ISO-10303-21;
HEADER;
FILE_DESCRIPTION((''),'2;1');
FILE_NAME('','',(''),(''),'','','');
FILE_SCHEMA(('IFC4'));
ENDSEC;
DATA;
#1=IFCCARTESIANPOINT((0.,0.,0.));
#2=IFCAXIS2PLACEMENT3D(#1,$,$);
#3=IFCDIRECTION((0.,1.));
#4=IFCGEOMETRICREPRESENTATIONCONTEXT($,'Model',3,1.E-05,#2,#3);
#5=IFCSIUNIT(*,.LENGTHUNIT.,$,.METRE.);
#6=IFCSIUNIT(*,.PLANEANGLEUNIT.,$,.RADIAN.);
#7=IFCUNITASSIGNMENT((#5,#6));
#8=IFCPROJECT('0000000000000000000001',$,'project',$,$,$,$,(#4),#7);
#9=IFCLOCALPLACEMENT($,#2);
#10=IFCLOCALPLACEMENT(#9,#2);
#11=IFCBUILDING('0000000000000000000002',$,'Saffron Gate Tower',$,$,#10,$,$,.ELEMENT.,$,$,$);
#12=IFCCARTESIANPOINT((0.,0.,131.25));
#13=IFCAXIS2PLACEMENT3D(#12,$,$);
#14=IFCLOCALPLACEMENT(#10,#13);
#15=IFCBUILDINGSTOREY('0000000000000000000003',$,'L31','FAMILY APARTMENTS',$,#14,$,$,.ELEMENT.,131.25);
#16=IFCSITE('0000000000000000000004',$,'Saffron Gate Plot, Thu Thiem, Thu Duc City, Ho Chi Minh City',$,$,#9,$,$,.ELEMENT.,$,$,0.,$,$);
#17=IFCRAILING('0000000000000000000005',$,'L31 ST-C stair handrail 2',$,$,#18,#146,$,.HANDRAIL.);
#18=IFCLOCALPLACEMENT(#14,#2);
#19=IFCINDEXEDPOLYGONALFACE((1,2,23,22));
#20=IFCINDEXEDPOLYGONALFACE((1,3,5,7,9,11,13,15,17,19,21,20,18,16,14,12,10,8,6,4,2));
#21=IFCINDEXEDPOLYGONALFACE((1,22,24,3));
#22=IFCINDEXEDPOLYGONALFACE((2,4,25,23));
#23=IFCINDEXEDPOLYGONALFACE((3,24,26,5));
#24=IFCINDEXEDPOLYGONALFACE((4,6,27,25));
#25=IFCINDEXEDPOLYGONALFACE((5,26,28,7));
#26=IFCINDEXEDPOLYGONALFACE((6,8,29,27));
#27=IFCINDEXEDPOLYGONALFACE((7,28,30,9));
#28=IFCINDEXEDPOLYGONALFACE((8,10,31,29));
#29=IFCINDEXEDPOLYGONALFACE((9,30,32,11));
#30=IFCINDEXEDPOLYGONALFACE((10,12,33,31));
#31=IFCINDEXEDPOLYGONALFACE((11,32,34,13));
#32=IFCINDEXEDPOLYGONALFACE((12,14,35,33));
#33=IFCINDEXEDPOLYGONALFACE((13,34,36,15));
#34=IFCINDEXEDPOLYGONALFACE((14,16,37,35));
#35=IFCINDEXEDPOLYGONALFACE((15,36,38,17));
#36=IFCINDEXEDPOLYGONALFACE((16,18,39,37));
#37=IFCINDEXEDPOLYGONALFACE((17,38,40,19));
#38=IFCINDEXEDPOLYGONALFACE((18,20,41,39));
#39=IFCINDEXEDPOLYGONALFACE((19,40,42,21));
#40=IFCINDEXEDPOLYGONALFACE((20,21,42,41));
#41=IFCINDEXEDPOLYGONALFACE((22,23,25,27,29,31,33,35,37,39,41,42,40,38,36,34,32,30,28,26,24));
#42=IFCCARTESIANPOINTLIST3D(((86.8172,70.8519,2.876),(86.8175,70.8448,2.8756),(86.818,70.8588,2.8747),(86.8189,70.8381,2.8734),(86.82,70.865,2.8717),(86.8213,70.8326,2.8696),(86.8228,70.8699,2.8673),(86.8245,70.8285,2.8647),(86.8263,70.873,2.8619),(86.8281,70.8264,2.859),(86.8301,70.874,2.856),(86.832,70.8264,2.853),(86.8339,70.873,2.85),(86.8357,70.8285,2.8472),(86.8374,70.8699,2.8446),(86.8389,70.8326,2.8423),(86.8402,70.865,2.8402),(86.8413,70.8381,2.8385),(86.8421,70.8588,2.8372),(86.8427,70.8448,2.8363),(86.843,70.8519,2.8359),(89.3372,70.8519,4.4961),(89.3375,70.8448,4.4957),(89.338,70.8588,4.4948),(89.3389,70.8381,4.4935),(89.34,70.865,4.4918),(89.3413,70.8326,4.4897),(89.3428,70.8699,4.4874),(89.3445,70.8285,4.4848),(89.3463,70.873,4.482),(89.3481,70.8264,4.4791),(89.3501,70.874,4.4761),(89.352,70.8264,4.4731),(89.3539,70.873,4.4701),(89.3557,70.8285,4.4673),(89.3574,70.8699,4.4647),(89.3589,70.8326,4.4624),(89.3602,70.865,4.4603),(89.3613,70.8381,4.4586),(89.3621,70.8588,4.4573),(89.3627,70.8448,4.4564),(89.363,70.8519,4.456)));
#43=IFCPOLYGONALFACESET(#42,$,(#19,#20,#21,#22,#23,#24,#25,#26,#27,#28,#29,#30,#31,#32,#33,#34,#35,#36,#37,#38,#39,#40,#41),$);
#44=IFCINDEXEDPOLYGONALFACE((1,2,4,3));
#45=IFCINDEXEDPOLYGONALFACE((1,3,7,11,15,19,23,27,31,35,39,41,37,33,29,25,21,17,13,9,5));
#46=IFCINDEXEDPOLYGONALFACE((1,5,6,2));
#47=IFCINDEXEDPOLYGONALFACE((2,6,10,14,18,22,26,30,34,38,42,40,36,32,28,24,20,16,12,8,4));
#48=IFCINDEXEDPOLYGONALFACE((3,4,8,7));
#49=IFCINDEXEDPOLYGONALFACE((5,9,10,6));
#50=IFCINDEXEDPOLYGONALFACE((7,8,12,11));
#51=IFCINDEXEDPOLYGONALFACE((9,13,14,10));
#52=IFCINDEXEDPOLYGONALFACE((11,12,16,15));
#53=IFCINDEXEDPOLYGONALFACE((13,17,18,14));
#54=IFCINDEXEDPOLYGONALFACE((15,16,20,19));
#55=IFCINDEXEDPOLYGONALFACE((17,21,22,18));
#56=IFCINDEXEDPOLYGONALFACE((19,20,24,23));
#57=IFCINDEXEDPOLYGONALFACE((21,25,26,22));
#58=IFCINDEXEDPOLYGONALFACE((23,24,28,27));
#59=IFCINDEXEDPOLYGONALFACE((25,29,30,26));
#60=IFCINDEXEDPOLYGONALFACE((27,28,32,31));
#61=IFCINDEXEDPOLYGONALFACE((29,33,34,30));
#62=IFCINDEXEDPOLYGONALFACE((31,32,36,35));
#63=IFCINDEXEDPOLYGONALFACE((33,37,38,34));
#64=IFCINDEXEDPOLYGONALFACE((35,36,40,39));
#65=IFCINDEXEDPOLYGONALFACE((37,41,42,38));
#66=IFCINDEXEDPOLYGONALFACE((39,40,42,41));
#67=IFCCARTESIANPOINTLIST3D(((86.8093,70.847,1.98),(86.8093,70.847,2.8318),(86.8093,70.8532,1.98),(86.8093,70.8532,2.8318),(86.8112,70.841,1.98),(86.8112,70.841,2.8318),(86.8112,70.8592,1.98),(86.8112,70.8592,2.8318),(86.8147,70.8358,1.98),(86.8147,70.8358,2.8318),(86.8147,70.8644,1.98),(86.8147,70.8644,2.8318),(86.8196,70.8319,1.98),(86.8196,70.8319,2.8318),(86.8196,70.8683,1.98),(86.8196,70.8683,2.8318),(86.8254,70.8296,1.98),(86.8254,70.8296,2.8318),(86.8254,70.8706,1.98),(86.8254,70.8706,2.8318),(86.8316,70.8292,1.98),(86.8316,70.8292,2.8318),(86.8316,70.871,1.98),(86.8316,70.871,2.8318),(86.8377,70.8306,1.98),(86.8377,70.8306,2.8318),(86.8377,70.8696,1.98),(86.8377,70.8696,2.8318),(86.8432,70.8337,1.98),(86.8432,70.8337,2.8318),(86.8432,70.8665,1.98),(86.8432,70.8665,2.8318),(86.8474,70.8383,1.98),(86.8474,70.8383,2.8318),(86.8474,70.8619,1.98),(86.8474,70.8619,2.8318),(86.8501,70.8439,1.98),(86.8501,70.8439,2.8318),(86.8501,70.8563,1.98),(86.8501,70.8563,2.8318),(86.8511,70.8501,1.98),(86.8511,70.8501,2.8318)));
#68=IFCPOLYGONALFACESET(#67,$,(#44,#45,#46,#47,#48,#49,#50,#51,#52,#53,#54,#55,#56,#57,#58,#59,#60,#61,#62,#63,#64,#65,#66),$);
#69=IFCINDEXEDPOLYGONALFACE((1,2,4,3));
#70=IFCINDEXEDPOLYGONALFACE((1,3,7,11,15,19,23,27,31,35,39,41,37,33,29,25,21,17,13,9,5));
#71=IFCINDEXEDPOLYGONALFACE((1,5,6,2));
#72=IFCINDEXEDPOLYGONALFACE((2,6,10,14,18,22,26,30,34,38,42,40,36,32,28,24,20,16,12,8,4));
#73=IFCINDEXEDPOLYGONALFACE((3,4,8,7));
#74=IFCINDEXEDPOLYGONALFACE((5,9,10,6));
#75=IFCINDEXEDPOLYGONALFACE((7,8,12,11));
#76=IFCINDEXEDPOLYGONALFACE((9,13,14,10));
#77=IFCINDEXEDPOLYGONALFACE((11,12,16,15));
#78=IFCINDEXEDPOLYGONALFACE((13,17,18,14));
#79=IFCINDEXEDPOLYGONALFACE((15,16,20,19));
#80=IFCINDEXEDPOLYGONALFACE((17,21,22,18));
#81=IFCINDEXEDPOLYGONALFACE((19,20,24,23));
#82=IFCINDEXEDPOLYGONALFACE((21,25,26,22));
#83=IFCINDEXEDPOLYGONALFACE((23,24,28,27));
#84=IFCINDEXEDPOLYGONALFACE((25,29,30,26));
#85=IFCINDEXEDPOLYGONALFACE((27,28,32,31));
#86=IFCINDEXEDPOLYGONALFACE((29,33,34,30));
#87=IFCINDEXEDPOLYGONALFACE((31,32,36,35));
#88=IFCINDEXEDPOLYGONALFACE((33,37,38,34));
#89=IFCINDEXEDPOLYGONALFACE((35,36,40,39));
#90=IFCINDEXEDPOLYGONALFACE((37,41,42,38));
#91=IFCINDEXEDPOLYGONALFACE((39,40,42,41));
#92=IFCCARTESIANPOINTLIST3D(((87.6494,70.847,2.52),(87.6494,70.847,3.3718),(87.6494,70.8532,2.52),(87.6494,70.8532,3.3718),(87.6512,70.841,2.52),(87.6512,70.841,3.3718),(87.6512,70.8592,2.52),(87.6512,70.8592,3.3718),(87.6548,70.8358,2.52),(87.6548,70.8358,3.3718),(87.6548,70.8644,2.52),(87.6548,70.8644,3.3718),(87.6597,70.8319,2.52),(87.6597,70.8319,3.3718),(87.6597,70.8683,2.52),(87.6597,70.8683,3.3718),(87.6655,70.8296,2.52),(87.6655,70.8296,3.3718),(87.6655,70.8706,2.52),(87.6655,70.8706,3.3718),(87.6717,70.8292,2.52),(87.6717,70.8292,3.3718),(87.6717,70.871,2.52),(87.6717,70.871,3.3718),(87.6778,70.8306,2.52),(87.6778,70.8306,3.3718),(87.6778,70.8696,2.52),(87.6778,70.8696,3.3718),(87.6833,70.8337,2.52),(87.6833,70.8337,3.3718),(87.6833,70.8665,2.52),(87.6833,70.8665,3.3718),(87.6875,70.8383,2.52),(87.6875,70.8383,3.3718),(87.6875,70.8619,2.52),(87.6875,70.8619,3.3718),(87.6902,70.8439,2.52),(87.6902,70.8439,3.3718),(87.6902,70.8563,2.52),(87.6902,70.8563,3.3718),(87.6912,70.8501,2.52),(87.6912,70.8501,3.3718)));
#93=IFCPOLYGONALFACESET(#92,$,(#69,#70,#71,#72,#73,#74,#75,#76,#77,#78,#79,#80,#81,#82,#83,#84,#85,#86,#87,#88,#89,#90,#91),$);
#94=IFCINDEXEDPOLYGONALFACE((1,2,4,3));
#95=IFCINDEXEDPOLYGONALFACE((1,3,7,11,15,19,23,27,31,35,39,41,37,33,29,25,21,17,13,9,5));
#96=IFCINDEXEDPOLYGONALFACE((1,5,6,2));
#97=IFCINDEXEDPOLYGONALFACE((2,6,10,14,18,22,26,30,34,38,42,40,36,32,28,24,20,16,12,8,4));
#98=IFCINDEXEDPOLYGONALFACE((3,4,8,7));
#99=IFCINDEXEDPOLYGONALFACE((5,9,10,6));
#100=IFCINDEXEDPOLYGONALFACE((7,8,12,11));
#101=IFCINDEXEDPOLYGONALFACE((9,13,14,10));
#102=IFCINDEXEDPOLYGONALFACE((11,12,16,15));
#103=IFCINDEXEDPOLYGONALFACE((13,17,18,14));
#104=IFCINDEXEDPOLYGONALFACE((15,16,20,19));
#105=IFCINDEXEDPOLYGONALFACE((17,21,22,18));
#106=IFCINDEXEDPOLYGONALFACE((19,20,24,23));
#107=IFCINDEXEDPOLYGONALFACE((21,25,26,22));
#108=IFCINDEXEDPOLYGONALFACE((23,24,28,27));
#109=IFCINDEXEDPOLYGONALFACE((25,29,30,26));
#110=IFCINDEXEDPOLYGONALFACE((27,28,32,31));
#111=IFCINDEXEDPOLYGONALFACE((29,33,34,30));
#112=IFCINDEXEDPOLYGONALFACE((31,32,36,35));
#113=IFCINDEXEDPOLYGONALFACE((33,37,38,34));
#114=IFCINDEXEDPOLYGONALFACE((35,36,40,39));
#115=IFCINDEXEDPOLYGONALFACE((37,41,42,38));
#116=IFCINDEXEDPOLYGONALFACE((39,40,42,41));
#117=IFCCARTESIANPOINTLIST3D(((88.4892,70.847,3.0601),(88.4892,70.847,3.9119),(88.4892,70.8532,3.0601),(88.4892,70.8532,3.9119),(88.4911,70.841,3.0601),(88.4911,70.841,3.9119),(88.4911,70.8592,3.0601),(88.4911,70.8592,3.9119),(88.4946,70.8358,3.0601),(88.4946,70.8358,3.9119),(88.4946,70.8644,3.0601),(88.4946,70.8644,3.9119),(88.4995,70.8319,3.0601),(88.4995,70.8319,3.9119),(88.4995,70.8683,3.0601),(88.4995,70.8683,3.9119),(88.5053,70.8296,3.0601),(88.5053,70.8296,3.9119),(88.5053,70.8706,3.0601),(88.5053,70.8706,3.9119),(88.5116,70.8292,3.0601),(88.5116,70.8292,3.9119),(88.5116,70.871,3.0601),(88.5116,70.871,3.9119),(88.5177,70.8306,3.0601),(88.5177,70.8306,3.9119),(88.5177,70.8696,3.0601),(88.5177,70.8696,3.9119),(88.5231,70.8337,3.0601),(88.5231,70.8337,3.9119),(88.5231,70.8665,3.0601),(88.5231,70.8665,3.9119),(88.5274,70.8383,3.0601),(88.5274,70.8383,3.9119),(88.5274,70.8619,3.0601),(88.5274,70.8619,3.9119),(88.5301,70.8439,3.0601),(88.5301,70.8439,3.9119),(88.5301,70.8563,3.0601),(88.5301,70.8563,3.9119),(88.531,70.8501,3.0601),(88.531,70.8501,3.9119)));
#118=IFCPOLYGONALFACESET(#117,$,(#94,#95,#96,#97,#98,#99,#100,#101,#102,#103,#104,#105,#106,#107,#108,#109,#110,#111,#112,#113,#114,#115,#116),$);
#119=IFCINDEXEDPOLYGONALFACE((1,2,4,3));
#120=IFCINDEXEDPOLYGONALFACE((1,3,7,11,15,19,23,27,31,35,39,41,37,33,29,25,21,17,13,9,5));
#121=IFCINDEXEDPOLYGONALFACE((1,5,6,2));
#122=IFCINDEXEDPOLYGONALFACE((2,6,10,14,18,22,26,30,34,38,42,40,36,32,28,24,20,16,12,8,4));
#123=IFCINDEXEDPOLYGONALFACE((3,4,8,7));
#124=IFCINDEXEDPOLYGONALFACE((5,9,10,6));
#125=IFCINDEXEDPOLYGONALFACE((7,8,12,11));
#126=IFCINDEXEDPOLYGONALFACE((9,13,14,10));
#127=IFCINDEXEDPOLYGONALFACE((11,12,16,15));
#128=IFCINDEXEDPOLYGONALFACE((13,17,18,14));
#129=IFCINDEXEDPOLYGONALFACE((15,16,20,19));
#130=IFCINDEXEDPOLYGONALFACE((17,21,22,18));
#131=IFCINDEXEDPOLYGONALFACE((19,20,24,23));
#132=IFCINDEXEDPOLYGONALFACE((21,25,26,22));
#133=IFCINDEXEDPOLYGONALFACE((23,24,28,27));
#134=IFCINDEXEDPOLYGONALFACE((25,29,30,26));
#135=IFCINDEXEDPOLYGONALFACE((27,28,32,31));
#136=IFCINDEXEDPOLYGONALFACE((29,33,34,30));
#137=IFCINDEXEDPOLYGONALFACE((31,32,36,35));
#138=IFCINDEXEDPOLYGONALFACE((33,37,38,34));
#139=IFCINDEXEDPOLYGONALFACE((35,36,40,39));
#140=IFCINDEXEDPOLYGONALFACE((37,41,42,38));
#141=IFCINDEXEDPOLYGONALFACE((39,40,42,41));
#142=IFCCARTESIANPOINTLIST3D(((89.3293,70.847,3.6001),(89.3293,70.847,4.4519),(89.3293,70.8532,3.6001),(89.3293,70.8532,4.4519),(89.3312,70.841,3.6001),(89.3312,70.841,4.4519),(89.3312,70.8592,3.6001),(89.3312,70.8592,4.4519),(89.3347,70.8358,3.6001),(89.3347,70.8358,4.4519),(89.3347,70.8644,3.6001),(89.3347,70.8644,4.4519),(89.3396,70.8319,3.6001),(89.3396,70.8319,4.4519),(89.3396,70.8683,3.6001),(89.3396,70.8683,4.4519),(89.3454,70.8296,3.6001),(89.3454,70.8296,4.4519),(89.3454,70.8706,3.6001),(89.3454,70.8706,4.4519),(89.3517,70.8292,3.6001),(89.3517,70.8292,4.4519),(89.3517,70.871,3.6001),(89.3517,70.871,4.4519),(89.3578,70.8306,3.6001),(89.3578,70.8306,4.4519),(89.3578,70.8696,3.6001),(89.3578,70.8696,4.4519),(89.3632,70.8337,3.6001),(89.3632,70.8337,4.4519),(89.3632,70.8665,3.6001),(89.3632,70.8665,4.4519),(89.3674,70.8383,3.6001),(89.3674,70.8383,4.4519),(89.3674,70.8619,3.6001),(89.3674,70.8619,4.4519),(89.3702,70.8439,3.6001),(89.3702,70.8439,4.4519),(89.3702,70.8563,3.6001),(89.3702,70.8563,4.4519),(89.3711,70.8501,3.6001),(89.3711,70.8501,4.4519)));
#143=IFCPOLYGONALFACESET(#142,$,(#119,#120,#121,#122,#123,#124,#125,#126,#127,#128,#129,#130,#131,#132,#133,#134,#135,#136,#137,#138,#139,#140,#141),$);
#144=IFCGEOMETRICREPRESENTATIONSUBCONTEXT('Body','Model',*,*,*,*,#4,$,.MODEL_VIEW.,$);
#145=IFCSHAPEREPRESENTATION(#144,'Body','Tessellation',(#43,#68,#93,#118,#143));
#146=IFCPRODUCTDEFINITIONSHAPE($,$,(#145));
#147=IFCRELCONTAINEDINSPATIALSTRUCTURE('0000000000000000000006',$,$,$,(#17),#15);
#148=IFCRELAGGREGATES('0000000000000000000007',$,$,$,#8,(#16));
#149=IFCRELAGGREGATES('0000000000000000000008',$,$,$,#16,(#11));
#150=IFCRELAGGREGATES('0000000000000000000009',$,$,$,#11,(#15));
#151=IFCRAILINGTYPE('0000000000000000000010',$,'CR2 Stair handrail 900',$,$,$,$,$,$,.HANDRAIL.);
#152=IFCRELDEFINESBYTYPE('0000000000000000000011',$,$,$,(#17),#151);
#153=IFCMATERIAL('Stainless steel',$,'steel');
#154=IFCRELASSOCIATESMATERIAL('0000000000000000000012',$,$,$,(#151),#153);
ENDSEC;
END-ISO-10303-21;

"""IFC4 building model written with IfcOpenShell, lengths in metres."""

from ifc_helpers import new_model, si_unit, direction, frame, origin, origin_2d, place, context, subcontext, project, spatial, circle, extrude, material, type_object, element, save


model = new_model("IFC4")

# Units and contexts
model_context = context("Model", 3, precision=1e-05, world=origin(), true_north=direction((0.0, 1.0)))
body_context = subcontext(model_context, "Body", "Model", "MODEL_VIEW")
ifc_project = project(units=[si_unit("LENGTHUNIT", "METRE"), si_unit("PLANEANGLEUNIT", "RADIAN")], contexts=[model_context])

# Site, building, storey
site_placement = place(None, origin())
site = spatial("IfcSite", under=ifc_project, at=site_placement, Name="Saffron Gate Plot, Thu Thiem, Thu Duc City, Ho Chi Minh City", CompositionType="ELEMENT", RefElevation=0.0)
building_placement = place(site_placement, origin())
building = spatial("IfcBuilding", under=site, at=building_placement, Name="Saffron Gate Tower", CompositionType="ELEMENT")
storey_placement = place(building_placement, frame((0.0, 0.0, 131.25)))
storey = spatial("IfcBuildingStorey", under=building, at=storey_placement, Name="L31", Description="FAMILY APARTMENTS", CompositionType="ELEMENT", Elevation=131.25)

# Railing
ifc_material_1 = material(Name="Stainless steel", Category="steel")
railing_type_1 = type_object("IfcRailingType", Name="CR2 Stair handrail 900", PredefinedType="HANDRAIL", material=ifc_material_1)
railing_1_placement = place(storey_placement, frame((86.8301, 70.8501, 1.98)))
element("IfcRailing", 1, at=railing_1_placement, inside=storey, type_object=railing_type_1, Name="L31 ST-C stair handrail 2", PredefinedType="HANDRAIL", context=body_context, shape_type="SweptSolid", body=[
    extrude(circle(Radius=0.0239, at=origin_2d()), frame((0.0, 0.0, 0.876), z_axis=(0.841163, 0.0, 0.540782), x_axis=(0.0, 1.0, 0.0)), (0.0, 0.0, 1.0), 2.9958),
    extrude(circle(Radius=0.021, at=origin_2d()), origin(), (0.0, 0.0, 1.0), 0.8518),
    extrude(circle(Radius=0.021, at=origin_2d()), frame((0.8401, 0.0, 0.54)), (0.0, 0.0, 1.0), 0.8518),
    extrude(circle(Radius=0.021, at=origin_2d()), frame((1.6799, 0.0, 1.0801)), (0.0, 0.0, 1.0), 0.8518),
    extrude(circle(Radius=0.021, at=origin_2d()), frame((2.52, 0.0, 1.6201)), (0.0, 0.0, 1.0), 0.8518),
])

save(model, "model.ifc")
